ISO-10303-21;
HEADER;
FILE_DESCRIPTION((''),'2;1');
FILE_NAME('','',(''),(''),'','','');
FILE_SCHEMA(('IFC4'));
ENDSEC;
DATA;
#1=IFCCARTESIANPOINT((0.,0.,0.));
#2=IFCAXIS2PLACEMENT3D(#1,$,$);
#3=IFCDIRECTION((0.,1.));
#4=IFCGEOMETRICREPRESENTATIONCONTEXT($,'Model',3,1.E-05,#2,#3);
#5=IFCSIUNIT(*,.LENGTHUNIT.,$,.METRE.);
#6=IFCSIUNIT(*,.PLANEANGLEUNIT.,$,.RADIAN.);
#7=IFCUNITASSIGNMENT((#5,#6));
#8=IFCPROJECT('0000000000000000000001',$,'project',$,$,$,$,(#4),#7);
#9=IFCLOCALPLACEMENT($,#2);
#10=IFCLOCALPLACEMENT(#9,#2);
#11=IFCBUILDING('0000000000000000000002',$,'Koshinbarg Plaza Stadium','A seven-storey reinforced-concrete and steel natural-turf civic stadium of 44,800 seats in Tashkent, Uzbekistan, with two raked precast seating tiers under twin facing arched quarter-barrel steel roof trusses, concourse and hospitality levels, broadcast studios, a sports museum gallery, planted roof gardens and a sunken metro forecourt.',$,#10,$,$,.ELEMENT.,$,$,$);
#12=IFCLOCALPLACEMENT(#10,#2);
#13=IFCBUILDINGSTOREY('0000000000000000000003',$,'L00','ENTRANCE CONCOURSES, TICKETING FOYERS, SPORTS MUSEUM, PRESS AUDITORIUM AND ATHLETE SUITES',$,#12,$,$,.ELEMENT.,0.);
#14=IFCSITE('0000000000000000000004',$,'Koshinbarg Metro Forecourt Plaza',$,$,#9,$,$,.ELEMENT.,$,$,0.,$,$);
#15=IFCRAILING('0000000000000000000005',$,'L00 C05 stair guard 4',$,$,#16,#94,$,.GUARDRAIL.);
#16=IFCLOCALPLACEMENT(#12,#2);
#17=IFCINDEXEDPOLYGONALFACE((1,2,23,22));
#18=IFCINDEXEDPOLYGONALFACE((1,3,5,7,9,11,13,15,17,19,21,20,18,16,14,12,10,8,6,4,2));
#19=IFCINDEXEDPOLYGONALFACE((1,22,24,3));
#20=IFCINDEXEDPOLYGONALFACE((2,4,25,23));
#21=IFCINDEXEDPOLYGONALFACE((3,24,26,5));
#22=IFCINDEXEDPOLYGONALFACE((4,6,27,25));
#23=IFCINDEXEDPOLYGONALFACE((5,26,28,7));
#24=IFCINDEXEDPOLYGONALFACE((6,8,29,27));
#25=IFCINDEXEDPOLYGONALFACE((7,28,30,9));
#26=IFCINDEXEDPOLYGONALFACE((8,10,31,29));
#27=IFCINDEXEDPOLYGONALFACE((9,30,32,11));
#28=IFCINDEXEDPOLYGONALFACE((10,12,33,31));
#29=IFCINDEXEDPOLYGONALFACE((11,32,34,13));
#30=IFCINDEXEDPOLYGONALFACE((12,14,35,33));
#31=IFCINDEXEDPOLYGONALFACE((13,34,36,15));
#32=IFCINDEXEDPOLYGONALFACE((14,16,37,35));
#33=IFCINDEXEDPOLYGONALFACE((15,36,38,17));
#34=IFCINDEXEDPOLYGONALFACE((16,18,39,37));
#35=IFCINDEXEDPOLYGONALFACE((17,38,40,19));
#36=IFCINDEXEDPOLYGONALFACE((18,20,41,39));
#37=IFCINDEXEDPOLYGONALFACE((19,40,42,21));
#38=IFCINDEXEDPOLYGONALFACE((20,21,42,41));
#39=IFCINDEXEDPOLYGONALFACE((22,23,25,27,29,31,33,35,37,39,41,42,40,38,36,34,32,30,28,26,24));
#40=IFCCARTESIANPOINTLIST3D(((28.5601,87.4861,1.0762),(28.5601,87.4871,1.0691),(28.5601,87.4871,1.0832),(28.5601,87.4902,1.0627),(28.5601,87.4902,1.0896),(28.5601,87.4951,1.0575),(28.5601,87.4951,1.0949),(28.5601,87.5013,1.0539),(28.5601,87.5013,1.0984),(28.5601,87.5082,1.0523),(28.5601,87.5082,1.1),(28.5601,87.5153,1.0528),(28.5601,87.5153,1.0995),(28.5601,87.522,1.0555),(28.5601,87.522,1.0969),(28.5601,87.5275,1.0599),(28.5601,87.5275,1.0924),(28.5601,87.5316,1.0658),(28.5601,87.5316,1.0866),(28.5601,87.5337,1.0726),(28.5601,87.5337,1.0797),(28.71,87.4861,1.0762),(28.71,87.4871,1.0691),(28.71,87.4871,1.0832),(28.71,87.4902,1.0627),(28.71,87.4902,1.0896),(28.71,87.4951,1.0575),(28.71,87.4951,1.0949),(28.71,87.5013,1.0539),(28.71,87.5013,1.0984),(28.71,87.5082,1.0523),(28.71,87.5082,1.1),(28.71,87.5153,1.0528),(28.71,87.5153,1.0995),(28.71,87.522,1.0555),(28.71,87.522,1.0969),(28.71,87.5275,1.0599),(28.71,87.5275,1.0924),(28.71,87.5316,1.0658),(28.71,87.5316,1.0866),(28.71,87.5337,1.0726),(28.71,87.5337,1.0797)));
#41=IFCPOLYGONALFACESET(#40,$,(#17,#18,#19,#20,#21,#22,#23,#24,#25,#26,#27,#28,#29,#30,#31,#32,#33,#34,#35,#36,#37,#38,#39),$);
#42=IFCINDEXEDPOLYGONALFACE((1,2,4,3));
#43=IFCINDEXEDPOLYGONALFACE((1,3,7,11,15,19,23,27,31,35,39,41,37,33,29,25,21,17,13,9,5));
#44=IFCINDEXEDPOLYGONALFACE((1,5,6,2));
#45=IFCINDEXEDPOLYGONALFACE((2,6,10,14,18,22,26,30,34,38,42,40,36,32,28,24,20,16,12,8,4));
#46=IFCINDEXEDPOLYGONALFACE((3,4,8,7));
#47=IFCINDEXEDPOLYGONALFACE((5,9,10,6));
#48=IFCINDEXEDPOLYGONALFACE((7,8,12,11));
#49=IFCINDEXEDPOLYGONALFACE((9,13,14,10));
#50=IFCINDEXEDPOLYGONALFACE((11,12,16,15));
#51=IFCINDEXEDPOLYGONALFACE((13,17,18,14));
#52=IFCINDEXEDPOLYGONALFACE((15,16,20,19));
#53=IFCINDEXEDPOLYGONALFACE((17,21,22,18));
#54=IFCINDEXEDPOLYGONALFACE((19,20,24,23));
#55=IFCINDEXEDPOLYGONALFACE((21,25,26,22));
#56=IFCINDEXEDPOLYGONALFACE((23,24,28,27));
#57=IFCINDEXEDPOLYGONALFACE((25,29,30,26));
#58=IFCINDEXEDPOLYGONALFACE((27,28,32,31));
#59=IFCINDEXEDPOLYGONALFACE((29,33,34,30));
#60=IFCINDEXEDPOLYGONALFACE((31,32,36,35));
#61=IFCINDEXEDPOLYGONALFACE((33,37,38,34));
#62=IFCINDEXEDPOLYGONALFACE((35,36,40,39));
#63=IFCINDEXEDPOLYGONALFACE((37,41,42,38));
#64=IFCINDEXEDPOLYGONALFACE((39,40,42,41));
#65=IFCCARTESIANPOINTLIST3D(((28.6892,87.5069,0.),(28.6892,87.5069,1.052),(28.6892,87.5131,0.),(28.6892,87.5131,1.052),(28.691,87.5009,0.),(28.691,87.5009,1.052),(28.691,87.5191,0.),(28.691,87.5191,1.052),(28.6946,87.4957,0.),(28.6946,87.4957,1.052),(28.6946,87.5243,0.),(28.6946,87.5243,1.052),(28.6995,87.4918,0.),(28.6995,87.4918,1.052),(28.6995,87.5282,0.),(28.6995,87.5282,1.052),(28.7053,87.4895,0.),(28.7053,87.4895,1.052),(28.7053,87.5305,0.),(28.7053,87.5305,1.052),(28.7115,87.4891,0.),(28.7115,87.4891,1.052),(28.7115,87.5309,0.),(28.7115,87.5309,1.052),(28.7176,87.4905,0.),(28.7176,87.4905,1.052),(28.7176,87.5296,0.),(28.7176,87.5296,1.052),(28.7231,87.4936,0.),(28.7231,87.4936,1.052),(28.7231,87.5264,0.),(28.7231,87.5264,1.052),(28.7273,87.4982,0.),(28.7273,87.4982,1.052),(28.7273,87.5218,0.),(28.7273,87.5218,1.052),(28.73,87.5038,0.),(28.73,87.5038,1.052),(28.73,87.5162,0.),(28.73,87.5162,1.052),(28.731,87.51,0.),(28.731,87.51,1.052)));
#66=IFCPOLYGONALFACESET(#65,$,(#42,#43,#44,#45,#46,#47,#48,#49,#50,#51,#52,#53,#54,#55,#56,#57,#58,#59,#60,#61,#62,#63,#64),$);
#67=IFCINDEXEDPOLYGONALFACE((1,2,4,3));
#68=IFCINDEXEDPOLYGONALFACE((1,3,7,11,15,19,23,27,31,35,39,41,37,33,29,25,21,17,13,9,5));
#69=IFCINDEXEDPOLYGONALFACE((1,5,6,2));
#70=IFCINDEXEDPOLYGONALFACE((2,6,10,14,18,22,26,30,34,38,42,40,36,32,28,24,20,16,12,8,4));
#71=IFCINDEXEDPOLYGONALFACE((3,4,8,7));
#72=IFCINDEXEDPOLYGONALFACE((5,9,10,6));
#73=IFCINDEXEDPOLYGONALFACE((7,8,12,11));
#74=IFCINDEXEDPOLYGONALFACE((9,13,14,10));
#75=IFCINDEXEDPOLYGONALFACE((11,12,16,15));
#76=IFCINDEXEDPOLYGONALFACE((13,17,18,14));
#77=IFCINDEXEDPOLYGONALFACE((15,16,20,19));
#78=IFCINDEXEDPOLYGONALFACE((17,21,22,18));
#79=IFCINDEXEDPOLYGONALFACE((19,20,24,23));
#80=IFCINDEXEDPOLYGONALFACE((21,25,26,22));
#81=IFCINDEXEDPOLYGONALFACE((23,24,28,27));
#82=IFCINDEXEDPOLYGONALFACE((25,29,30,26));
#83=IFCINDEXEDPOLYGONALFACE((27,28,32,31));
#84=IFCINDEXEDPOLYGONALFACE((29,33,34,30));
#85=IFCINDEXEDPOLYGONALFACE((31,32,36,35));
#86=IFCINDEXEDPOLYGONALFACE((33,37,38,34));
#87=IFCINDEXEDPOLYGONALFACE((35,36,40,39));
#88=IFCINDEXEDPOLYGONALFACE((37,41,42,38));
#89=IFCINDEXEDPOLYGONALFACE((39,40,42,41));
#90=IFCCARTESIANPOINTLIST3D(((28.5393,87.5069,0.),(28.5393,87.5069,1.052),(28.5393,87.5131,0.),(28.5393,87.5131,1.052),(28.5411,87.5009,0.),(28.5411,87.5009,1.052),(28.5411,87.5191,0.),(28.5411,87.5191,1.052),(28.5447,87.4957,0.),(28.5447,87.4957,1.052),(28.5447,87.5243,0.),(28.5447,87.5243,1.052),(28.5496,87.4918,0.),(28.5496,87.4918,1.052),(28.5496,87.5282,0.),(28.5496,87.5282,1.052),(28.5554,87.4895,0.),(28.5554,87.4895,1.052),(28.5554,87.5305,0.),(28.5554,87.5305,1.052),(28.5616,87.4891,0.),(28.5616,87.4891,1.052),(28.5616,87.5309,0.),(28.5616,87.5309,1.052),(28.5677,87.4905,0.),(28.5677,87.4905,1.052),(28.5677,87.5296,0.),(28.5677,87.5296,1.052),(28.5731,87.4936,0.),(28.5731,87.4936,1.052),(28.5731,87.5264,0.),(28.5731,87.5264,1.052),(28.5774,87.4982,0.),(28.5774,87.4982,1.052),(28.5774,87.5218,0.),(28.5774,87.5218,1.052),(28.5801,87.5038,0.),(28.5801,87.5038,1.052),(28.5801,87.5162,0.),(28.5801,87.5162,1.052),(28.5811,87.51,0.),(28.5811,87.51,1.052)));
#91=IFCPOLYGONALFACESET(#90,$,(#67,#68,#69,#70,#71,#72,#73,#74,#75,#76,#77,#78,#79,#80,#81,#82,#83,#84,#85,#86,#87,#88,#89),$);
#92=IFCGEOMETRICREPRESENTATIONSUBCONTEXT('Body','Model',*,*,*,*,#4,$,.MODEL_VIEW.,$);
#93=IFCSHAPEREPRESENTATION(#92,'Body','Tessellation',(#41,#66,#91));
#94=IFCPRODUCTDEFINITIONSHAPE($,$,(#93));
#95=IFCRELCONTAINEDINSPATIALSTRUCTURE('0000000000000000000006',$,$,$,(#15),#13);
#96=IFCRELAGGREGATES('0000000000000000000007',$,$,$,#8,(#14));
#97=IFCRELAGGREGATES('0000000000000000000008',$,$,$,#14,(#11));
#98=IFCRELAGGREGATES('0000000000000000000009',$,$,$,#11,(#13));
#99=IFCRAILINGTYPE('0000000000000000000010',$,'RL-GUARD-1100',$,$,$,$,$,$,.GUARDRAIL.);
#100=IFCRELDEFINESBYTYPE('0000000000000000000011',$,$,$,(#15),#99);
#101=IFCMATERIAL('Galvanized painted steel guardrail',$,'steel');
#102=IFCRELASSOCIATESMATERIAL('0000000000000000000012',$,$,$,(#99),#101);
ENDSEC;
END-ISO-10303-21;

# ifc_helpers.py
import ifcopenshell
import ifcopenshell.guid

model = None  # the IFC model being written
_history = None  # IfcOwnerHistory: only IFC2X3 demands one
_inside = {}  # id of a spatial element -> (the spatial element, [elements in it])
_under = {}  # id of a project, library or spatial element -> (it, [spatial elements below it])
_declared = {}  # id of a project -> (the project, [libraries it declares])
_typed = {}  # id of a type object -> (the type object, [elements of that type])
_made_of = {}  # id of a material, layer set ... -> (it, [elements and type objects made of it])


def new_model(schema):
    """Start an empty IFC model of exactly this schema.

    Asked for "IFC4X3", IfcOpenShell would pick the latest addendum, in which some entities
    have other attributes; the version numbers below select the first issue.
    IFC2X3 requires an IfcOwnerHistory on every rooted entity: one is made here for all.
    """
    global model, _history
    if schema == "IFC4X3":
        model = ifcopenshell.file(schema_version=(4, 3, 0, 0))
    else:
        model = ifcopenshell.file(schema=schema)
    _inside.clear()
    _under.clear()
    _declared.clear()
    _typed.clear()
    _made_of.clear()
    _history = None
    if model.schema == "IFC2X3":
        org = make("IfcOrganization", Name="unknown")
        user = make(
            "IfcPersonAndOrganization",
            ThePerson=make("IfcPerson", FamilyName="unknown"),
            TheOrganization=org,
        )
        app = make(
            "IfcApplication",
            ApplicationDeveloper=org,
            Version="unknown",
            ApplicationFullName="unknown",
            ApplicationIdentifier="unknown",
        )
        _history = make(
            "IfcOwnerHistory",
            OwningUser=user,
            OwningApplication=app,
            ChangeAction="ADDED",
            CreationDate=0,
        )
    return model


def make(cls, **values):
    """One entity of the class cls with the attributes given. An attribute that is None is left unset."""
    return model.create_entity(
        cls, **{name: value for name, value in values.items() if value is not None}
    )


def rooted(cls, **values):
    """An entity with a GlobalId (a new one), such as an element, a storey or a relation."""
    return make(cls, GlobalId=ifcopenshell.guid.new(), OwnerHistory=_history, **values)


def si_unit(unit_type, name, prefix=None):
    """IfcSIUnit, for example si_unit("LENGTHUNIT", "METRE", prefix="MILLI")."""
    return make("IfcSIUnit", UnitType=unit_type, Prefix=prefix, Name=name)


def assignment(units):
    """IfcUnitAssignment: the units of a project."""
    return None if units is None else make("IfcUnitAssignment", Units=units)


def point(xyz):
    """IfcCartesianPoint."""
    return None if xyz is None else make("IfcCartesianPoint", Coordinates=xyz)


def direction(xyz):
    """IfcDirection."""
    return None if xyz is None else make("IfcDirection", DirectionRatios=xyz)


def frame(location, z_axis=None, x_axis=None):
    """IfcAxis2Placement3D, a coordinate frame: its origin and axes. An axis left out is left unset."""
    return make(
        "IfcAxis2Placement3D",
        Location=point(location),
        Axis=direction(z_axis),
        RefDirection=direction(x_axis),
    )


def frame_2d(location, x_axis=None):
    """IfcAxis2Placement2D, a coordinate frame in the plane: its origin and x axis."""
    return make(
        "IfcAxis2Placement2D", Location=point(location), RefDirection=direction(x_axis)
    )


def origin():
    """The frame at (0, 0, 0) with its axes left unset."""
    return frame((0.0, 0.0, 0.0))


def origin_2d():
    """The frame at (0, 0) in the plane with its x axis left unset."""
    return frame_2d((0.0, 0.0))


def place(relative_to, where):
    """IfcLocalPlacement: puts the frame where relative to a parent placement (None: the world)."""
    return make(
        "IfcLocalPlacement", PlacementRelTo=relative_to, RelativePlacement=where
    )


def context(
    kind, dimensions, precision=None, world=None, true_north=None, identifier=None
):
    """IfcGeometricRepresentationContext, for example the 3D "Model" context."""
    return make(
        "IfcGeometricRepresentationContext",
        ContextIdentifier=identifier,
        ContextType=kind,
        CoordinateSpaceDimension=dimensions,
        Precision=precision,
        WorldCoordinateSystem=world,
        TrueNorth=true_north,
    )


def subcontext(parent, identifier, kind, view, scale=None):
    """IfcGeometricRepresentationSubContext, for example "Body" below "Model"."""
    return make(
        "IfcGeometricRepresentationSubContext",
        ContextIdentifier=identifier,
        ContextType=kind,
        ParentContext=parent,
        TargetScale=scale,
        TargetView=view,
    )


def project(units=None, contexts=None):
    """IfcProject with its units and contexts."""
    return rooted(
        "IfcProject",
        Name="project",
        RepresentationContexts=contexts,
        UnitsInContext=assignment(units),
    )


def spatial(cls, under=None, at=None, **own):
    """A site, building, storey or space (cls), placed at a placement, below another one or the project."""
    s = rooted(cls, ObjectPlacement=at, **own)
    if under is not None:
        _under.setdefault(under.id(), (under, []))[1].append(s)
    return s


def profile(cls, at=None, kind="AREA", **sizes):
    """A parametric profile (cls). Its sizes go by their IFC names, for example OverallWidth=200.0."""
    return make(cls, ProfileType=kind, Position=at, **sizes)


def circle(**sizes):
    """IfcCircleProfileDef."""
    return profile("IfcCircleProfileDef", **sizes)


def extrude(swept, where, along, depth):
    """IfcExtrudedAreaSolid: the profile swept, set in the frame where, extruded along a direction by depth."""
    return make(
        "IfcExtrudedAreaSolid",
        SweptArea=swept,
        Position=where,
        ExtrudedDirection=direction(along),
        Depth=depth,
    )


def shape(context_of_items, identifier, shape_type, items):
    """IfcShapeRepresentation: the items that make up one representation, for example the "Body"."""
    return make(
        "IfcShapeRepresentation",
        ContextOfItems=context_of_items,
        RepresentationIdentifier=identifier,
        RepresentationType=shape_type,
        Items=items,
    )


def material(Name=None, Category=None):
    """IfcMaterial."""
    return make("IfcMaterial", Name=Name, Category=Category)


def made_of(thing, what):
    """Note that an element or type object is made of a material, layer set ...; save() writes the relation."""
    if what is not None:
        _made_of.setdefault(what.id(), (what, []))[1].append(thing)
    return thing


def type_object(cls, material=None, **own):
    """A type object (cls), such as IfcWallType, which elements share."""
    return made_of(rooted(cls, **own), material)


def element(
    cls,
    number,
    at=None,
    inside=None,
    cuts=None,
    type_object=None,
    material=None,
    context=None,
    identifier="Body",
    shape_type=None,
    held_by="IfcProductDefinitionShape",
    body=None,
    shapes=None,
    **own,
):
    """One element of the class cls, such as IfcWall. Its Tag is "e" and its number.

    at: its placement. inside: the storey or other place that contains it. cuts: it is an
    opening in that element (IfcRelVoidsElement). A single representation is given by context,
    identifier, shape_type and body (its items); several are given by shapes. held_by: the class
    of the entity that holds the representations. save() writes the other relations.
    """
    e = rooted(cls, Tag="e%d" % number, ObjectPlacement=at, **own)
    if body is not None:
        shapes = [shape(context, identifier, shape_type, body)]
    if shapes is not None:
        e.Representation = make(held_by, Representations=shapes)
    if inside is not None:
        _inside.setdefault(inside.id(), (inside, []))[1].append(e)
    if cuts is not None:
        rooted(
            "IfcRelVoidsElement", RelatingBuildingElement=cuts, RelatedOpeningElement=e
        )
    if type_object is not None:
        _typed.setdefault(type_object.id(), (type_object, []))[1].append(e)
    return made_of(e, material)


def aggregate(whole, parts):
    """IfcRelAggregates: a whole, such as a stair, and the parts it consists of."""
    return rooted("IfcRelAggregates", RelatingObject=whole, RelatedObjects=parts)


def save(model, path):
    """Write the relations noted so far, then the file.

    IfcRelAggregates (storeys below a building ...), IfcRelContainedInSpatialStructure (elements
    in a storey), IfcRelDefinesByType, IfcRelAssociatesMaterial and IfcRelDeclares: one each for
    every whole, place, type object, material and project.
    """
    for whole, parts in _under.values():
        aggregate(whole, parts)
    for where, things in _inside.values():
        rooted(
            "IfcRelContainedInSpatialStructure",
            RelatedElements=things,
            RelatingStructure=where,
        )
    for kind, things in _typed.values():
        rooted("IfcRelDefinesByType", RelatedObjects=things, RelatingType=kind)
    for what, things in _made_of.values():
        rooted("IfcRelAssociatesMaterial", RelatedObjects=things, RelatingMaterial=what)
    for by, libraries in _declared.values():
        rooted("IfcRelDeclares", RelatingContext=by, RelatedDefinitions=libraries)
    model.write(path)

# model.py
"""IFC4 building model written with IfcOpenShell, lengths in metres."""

from ifc_helpers import new_model, si_unit, direction, frame, origin, origin_2d, place, context, subcontext, project, spatial, circle, extrude, material, type_object, element, save


model = new_model("IFC4")

# Units and contexts
model_context = context("Model", 3, precision=1e-05, world=origin(), true_north=direction((0.0, 1.0)))
body_context = subcontext(model_context, "Body", "Model", "MODEL_VIEW")
ifc_project = project(units=[si_unit("LENGTHUNIT", "METRE"), si_unit("PLANEANGLEUNIT", "RADIAN")], contexts=[model_context])

# Site, building, storey
site_placement = place(None, origin())
site = spatial("IfcSite", under=ifc_project, at=site_placement, Name="Koshinbarg Metro Forecourt Plaza", CompositionType="ELEMENT", RefElevation=0.0)
building_placement = place(site_placement, origin())
building = spatial("IfcBuilding", under=site, at=building_placement, Name="Koshinbarg Plaza Stadium", Description="A seven-storey reinforced-concrete and steel natural-turf civic stadium of 44,800 seats in Tashkent, Uzbekistan, with two raked precast seating tiers under twin facing arched quarter-barrel steel roof trusses, concourse and hospitality levels, broadcast studios, a sports museum gallery, planted roof gardens and a sunken metro forecourt.", CompositionType="ELEMENT")
storey_placement = place(building_placement, origin())
storey = spatial("IfcBuildingStorey", under=building, at=storey_placement, Name="L00", Description="ENTRANCE CONCOURSES, TICKETING FOYERS, SPORTS MUSEUM, PRESS AUDITORIUM AND ATHLETE SUITES", CompositionType="ELEMENT", Elevation=0.0)

# Railing
ifc_material_1 = material(Name="Galvanized painted steel guardrail", Category="steel")
railing_type = type_object("IfcRailingType", Name="RL-GUARD-1100", PredefinedType="GUARDRAIL", material=ifc_material_1)
railing_1_placement = place(storey_placement, frame((28.71, 87.51, 0.0)))
element("IfcRailing", 1, at=railing_1_placement, inside=storey, type_object=railing_type, Name="L00 C05 stair guard 4", PredefinedType="GUARDRAIL", context=body_context, shape_type="SweptSolid", body=[
    extrude(circle(Radius=0.0239, at=origin_2d()), frame((0.0, 0.0, 1.0762), z_axis=(-1.0, 0.0, 0.0), x_axis=(0.0, -1.0, 0.0)), (0.0, 0.0, 1.0), 0.1499),
    extrude(circle(Radius=0.021, at=origin_2d()), origin(), (0.0, 0.0, 1.0), 1.052),
    extrude(circle(Radius=0.021, at=origin_2d()), frame((-0.1499, 0.0, 0.0)), (0.0, 0.0, 1.0), 1.052),
])

save(model, "model.ifc")
